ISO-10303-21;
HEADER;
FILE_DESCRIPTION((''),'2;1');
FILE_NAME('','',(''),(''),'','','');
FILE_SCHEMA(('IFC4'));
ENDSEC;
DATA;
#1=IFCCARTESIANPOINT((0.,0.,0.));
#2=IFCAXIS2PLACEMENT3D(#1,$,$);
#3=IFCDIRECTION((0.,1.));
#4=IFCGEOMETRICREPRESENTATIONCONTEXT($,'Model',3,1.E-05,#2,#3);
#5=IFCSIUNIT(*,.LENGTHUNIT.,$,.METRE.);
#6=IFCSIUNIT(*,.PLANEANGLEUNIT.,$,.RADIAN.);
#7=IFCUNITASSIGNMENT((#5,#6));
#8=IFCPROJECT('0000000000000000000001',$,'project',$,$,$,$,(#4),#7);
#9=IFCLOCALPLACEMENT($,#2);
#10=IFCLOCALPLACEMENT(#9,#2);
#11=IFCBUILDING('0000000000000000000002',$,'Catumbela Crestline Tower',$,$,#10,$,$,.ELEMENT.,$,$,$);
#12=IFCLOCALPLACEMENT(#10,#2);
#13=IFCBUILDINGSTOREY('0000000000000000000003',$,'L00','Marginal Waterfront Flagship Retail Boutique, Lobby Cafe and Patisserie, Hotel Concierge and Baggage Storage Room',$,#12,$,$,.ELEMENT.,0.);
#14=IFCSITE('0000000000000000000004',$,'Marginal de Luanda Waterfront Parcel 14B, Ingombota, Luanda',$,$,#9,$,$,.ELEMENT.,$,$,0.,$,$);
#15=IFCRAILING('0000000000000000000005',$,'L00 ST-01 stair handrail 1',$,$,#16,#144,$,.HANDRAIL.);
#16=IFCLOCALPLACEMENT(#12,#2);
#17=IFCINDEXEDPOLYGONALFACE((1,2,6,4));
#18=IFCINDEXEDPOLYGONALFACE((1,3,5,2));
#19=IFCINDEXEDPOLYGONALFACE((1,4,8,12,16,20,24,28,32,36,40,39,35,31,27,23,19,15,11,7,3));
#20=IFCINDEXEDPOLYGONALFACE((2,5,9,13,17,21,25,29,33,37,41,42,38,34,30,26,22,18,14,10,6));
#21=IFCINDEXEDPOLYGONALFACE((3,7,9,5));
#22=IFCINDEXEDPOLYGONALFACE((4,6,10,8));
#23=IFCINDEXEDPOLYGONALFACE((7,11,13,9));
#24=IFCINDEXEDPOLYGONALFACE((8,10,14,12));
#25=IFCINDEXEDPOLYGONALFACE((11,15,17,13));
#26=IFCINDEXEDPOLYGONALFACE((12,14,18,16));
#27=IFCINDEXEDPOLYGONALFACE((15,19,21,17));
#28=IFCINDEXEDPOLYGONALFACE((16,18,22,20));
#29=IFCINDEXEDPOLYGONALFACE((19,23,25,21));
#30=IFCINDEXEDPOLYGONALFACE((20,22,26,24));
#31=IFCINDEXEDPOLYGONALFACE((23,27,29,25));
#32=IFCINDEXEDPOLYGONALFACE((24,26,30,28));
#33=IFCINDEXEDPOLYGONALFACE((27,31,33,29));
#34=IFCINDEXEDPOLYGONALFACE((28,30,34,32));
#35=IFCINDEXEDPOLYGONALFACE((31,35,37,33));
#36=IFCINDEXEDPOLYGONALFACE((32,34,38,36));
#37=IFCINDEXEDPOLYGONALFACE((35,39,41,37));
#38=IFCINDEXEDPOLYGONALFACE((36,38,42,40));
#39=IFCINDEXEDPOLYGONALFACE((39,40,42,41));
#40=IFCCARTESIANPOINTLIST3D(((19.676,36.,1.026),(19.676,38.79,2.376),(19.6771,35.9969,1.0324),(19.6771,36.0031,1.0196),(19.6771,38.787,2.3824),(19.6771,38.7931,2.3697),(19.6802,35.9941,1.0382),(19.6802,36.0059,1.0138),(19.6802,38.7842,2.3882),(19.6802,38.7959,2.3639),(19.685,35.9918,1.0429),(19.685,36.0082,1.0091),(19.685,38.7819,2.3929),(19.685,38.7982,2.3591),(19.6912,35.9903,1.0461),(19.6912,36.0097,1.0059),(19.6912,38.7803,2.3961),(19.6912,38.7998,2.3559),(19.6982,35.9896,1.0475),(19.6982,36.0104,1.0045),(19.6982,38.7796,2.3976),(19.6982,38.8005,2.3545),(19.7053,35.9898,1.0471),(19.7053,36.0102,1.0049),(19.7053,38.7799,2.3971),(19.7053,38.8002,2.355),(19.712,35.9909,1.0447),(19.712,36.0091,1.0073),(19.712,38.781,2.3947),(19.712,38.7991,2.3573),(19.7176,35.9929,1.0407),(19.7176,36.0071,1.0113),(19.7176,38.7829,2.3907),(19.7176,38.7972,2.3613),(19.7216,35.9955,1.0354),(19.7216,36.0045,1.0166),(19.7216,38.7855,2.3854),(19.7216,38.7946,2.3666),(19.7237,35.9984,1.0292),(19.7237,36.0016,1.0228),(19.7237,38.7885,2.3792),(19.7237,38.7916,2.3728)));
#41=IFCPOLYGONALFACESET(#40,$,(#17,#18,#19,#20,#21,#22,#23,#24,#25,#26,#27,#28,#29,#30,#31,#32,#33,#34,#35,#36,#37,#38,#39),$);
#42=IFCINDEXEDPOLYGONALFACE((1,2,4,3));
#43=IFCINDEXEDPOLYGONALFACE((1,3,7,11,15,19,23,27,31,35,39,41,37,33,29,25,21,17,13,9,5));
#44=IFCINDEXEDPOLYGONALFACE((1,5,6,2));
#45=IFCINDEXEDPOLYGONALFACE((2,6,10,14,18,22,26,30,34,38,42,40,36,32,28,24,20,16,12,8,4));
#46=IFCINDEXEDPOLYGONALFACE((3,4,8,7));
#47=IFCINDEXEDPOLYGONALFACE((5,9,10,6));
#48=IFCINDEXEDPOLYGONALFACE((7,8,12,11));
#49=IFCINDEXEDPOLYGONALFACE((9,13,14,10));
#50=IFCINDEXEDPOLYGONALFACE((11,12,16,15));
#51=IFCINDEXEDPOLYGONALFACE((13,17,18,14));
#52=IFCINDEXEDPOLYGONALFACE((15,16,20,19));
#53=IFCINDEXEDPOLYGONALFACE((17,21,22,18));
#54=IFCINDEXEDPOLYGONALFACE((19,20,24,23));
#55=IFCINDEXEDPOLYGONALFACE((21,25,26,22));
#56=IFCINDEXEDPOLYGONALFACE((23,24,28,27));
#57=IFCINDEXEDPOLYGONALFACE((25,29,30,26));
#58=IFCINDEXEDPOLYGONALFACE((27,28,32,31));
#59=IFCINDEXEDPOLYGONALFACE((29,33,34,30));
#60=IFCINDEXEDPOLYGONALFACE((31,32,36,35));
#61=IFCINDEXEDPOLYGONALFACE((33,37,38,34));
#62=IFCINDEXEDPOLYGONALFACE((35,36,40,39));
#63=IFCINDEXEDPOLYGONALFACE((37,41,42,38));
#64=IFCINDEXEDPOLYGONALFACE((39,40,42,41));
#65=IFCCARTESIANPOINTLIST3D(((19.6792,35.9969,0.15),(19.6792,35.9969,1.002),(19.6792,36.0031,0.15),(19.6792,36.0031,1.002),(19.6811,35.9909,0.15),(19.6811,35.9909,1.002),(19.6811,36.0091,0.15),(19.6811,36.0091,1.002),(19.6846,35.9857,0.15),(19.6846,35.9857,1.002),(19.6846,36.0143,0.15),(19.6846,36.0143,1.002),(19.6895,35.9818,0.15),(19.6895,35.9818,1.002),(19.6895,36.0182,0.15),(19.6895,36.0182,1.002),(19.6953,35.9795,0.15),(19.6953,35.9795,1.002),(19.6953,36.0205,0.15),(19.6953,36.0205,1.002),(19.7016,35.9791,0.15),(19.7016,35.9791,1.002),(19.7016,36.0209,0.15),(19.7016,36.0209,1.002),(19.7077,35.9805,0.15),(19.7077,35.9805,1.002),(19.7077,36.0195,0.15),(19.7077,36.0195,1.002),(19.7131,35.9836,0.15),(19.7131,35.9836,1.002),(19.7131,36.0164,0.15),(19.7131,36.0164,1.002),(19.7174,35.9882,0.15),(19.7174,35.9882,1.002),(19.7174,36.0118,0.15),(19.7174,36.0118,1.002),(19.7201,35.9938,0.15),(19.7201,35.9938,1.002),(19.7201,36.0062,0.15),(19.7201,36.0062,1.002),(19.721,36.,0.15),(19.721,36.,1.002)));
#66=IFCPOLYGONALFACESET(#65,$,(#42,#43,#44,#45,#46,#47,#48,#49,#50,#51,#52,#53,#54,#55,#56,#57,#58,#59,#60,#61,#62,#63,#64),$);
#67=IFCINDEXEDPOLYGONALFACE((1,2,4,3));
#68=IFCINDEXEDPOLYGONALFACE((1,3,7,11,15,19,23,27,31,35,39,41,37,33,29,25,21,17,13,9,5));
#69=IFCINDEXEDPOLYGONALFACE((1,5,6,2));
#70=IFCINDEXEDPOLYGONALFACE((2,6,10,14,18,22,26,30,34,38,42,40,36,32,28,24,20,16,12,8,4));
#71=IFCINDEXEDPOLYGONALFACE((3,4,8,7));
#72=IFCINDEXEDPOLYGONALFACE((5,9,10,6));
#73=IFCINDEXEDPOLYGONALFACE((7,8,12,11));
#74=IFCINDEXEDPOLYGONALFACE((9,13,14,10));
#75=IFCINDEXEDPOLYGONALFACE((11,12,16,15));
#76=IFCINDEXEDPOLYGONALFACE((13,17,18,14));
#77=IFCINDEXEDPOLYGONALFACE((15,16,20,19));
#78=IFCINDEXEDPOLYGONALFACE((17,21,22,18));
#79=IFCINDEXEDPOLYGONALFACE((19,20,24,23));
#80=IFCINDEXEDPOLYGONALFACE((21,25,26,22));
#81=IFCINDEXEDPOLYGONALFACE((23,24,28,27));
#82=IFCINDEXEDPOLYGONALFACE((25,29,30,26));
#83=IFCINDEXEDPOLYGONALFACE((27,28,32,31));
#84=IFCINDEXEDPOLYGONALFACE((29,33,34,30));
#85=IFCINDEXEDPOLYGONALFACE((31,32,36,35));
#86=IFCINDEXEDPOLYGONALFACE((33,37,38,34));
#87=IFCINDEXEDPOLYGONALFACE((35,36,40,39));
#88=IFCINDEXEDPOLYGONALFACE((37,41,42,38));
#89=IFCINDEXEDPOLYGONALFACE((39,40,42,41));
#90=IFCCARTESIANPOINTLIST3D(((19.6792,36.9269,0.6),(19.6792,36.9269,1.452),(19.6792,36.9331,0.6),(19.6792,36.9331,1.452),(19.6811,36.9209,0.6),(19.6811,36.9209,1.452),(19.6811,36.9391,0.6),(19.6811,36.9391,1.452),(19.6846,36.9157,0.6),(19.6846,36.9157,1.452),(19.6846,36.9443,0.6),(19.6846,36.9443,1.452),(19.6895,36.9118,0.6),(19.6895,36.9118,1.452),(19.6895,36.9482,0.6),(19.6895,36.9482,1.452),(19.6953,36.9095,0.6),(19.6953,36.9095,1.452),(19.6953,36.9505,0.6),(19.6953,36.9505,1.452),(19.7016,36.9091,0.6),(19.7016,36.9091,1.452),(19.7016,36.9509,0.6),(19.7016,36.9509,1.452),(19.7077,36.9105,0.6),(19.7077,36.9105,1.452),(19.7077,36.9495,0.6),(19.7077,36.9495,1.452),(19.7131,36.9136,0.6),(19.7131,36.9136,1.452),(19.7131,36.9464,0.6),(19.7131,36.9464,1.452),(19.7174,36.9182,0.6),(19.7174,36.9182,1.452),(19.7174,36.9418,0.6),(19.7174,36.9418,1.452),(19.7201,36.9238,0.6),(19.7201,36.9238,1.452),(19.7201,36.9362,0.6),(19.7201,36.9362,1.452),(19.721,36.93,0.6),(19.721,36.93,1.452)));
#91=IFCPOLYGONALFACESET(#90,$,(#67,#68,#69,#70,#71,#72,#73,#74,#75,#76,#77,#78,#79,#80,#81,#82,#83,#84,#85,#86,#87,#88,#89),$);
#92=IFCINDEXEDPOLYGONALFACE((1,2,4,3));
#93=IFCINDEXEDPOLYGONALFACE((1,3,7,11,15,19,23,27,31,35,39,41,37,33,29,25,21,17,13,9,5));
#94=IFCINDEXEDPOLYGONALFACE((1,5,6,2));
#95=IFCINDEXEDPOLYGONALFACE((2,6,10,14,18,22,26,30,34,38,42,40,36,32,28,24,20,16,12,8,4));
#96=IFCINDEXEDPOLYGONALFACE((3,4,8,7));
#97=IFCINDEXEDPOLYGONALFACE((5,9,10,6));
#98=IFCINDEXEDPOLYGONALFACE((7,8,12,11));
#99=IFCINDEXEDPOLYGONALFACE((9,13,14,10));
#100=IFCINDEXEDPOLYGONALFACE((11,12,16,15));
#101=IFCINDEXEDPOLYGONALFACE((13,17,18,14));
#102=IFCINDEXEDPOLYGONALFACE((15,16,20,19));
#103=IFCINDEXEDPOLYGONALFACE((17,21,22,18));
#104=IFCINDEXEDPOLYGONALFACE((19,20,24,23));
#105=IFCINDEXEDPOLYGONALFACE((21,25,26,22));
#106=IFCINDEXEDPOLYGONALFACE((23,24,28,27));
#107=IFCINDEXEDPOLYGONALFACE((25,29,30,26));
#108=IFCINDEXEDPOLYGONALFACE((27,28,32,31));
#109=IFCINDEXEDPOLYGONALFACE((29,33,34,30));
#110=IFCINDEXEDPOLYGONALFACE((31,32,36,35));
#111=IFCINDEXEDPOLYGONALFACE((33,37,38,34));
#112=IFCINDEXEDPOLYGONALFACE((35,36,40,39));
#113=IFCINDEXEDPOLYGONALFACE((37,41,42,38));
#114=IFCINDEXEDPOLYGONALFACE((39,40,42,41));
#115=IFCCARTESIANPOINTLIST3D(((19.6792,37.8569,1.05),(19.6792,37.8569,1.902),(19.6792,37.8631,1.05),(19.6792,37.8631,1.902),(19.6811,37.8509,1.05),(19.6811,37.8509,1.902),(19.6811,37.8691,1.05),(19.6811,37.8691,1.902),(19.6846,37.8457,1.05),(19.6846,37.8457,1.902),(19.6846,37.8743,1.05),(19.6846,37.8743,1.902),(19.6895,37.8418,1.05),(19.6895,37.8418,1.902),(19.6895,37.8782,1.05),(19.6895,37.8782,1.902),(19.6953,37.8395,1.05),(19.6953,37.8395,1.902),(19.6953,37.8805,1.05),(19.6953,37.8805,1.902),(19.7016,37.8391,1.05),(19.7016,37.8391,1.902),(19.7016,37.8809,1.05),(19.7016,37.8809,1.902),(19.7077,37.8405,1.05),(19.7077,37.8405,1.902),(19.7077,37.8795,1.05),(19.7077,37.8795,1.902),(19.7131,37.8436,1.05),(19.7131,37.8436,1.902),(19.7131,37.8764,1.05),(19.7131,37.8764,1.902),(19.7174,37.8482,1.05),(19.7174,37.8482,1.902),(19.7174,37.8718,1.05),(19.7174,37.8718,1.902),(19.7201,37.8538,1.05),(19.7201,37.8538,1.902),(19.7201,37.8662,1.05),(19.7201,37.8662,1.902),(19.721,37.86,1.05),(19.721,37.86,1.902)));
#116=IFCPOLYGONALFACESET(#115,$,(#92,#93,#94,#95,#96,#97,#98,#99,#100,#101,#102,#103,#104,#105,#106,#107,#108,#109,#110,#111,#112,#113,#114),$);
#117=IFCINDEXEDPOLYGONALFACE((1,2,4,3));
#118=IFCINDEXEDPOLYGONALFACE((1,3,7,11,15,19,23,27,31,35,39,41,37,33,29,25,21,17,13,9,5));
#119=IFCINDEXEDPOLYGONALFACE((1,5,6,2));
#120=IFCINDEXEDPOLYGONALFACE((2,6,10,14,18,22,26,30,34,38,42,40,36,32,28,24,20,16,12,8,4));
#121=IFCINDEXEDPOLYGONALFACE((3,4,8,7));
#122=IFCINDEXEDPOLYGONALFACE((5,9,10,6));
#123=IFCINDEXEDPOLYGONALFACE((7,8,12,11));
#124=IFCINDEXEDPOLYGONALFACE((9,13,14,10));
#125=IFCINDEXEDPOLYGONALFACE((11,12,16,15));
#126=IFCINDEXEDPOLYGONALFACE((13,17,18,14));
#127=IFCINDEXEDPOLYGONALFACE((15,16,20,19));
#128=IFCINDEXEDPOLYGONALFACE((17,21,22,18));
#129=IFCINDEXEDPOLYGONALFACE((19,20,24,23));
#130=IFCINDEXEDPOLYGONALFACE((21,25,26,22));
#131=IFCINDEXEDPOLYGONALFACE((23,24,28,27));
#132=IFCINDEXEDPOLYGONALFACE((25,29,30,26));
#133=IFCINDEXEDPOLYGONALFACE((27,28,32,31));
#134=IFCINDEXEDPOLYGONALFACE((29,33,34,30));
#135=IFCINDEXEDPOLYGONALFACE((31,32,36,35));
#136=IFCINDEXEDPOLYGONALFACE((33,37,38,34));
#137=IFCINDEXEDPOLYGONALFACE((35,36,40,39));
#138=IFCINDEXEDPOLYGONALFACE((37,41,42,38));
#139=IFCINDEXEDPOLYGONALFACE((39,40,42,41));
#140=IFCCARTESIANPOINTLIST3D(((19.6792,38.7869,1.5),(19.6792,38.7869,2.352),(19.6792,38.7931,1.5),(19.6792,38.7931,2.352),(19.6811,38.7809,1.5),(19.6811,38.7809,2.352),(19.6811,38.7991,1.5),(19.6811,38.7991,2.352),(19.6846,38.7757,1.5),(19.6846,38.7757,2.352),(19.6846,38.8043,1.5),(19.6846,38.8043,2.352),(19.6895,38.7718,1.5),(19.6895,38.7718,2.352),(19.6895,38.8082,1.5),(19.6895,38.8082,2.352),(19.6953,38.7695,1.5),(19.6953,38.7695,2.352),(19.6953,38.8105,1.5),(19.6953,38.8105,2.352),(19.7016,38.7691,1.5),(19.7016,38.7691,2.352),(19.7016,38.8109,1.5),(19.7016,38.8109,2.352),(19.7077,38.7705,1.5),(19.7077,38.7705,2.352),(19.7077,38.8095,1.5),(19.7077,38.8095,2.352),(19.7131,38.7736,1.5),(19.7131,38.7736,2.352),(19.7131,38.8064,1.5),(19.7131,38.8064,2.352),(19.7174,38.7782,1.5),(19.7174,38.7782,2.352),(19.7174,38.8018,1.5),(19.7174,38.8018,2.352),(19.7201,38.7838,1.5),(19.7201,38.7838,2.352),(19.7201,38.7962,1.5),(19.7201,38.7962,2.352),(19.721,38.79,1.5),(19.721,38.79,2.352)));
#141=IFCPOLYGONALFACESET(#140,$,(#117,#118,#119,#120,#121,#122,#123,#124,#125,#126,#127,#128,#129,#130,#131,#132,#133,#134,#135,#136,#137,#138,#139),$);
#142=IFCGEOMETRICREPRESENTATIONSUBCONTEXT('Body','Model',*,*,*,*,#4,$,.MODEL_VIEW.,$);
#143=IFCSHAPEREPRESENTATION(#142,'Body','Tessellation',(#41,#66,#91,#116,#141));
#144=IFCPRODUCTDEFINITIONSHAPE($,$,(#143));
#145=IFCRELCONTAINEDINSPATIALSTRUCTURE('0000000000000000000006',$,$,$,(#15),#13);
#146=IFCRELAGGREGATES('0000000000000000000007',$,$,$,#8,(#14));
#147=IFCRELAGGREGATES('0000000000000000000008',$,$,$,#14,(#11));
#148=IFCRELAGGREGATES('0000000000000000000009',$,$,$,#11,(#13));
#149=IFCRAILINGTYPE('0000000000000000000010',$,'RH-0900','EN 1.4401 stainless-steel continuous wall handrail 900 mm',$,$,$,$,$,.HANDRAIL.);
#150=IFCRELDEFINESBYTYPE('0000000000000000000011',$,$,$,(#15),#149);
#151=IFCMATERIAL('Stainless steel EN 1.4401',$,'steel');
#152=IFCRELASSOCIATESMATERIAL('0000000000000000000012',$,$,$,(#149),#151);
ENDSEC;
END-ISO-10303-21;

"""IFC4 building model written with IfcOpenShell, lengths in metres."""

from ifc_helpers import new_model, si_unit, direction, frame, origin, origin_2d, place, context, subcontext, project, spatial, circle, extrude, material, type_object, element, save


model = new_model("IFC4")

# Units and contexts
model_context = context("Model", 3, precision=1e-05, world=origin(), true_north=direction((0.0, 1.0)))
body_context = subcontext(model_context, "Body", "Model", "MODEL_VIEW")
ifc_project = project(units=[si_unit("LENGTHUNIT", "METRE"), si_unit("PLANEANGLEUNIT", "RADIAN")], contexts=[model_context])

# Site, building, storey
site_placement = place(None, origin())
site = spatial("IfcSite", under=ifc_project, at=site_placement, Name="Marginal de Luanda Waterfront Parcel 14B, Ingombota, Luanda", CompositionType="ELEMENT", RefElevation=0.0)
building_placement = place(site_placement, origin())
building = spatial("IfcBuilding", under=site, at=building_placement, Name="Catumbela Crestline Tower", CompositionType="ELEMENT")
storey_placement = place(building_placement, origin())
storey = spatial("IfcBuildingStorey", under=building, at=storey_placement, Name="L00", Description="Marginal Waterfront Flagship Retail Boutique, Lobby Cafe and Patisserie, Hotel Concierge and Baggage Storage Room", CompositionType="ELEMENT", Elevation=0.0)

# Shared definitions
ifc_material_1 = material(Name="Stainless steel EN 1.4401", Category="steel")

# Railing
railing_type_1 = type_object("IfcRailingType", Name="RH-0900", Description="EN 1.4401 stainless-steel continuous wall handrail 900 mm", PredefinedType="HANDRAIL", material=ifc_material_1)
for number, where, name in (
    (1, (19.7, 36.0, 0.15), "L00 ST-01 stair handrail 1"),
):
    element("IfcRailing", number, at=place(storey_placement, frame(where)), inside=storey, type_object=railing_type_1, Name=name, PredefinedType="HANDRAIL", context=body_context, shape_type="SweptSolid", body=[
        extrude(circle(Radius=0.024, at=origin_2d()), frame((0.0, 0.0, 0.876), z_axis=(0.0, 0.900159, 0.435561), x_axis=(-1.0, 0.0, 0.0)), (0.0, 0.0, 1.0), 3.0995),
        extrude(circle(Radius=0.021, at=origin_2d()), origin(), (0.0, 0.0, 1.0), 0.852),
        extrude(circle(Radius=0.021, at=origin_2d()), frame((0.0, 0.93, 0.45)), (0.0, 0.0, 1.0), 0.852),
        extrude(circle(Radius=0.021, at=origin_2d()), frame((0.0, 1.86, 0.9)), (0.0, 0.0, 1.0), 0.852),
        extrude(circle(Radius=0.021, at=origin_2d()), frame((0.0, 2.79, 1.35)), (0.0, 0.0, 1.0), 0.852),
    ])

save(model, "model.ifc")
